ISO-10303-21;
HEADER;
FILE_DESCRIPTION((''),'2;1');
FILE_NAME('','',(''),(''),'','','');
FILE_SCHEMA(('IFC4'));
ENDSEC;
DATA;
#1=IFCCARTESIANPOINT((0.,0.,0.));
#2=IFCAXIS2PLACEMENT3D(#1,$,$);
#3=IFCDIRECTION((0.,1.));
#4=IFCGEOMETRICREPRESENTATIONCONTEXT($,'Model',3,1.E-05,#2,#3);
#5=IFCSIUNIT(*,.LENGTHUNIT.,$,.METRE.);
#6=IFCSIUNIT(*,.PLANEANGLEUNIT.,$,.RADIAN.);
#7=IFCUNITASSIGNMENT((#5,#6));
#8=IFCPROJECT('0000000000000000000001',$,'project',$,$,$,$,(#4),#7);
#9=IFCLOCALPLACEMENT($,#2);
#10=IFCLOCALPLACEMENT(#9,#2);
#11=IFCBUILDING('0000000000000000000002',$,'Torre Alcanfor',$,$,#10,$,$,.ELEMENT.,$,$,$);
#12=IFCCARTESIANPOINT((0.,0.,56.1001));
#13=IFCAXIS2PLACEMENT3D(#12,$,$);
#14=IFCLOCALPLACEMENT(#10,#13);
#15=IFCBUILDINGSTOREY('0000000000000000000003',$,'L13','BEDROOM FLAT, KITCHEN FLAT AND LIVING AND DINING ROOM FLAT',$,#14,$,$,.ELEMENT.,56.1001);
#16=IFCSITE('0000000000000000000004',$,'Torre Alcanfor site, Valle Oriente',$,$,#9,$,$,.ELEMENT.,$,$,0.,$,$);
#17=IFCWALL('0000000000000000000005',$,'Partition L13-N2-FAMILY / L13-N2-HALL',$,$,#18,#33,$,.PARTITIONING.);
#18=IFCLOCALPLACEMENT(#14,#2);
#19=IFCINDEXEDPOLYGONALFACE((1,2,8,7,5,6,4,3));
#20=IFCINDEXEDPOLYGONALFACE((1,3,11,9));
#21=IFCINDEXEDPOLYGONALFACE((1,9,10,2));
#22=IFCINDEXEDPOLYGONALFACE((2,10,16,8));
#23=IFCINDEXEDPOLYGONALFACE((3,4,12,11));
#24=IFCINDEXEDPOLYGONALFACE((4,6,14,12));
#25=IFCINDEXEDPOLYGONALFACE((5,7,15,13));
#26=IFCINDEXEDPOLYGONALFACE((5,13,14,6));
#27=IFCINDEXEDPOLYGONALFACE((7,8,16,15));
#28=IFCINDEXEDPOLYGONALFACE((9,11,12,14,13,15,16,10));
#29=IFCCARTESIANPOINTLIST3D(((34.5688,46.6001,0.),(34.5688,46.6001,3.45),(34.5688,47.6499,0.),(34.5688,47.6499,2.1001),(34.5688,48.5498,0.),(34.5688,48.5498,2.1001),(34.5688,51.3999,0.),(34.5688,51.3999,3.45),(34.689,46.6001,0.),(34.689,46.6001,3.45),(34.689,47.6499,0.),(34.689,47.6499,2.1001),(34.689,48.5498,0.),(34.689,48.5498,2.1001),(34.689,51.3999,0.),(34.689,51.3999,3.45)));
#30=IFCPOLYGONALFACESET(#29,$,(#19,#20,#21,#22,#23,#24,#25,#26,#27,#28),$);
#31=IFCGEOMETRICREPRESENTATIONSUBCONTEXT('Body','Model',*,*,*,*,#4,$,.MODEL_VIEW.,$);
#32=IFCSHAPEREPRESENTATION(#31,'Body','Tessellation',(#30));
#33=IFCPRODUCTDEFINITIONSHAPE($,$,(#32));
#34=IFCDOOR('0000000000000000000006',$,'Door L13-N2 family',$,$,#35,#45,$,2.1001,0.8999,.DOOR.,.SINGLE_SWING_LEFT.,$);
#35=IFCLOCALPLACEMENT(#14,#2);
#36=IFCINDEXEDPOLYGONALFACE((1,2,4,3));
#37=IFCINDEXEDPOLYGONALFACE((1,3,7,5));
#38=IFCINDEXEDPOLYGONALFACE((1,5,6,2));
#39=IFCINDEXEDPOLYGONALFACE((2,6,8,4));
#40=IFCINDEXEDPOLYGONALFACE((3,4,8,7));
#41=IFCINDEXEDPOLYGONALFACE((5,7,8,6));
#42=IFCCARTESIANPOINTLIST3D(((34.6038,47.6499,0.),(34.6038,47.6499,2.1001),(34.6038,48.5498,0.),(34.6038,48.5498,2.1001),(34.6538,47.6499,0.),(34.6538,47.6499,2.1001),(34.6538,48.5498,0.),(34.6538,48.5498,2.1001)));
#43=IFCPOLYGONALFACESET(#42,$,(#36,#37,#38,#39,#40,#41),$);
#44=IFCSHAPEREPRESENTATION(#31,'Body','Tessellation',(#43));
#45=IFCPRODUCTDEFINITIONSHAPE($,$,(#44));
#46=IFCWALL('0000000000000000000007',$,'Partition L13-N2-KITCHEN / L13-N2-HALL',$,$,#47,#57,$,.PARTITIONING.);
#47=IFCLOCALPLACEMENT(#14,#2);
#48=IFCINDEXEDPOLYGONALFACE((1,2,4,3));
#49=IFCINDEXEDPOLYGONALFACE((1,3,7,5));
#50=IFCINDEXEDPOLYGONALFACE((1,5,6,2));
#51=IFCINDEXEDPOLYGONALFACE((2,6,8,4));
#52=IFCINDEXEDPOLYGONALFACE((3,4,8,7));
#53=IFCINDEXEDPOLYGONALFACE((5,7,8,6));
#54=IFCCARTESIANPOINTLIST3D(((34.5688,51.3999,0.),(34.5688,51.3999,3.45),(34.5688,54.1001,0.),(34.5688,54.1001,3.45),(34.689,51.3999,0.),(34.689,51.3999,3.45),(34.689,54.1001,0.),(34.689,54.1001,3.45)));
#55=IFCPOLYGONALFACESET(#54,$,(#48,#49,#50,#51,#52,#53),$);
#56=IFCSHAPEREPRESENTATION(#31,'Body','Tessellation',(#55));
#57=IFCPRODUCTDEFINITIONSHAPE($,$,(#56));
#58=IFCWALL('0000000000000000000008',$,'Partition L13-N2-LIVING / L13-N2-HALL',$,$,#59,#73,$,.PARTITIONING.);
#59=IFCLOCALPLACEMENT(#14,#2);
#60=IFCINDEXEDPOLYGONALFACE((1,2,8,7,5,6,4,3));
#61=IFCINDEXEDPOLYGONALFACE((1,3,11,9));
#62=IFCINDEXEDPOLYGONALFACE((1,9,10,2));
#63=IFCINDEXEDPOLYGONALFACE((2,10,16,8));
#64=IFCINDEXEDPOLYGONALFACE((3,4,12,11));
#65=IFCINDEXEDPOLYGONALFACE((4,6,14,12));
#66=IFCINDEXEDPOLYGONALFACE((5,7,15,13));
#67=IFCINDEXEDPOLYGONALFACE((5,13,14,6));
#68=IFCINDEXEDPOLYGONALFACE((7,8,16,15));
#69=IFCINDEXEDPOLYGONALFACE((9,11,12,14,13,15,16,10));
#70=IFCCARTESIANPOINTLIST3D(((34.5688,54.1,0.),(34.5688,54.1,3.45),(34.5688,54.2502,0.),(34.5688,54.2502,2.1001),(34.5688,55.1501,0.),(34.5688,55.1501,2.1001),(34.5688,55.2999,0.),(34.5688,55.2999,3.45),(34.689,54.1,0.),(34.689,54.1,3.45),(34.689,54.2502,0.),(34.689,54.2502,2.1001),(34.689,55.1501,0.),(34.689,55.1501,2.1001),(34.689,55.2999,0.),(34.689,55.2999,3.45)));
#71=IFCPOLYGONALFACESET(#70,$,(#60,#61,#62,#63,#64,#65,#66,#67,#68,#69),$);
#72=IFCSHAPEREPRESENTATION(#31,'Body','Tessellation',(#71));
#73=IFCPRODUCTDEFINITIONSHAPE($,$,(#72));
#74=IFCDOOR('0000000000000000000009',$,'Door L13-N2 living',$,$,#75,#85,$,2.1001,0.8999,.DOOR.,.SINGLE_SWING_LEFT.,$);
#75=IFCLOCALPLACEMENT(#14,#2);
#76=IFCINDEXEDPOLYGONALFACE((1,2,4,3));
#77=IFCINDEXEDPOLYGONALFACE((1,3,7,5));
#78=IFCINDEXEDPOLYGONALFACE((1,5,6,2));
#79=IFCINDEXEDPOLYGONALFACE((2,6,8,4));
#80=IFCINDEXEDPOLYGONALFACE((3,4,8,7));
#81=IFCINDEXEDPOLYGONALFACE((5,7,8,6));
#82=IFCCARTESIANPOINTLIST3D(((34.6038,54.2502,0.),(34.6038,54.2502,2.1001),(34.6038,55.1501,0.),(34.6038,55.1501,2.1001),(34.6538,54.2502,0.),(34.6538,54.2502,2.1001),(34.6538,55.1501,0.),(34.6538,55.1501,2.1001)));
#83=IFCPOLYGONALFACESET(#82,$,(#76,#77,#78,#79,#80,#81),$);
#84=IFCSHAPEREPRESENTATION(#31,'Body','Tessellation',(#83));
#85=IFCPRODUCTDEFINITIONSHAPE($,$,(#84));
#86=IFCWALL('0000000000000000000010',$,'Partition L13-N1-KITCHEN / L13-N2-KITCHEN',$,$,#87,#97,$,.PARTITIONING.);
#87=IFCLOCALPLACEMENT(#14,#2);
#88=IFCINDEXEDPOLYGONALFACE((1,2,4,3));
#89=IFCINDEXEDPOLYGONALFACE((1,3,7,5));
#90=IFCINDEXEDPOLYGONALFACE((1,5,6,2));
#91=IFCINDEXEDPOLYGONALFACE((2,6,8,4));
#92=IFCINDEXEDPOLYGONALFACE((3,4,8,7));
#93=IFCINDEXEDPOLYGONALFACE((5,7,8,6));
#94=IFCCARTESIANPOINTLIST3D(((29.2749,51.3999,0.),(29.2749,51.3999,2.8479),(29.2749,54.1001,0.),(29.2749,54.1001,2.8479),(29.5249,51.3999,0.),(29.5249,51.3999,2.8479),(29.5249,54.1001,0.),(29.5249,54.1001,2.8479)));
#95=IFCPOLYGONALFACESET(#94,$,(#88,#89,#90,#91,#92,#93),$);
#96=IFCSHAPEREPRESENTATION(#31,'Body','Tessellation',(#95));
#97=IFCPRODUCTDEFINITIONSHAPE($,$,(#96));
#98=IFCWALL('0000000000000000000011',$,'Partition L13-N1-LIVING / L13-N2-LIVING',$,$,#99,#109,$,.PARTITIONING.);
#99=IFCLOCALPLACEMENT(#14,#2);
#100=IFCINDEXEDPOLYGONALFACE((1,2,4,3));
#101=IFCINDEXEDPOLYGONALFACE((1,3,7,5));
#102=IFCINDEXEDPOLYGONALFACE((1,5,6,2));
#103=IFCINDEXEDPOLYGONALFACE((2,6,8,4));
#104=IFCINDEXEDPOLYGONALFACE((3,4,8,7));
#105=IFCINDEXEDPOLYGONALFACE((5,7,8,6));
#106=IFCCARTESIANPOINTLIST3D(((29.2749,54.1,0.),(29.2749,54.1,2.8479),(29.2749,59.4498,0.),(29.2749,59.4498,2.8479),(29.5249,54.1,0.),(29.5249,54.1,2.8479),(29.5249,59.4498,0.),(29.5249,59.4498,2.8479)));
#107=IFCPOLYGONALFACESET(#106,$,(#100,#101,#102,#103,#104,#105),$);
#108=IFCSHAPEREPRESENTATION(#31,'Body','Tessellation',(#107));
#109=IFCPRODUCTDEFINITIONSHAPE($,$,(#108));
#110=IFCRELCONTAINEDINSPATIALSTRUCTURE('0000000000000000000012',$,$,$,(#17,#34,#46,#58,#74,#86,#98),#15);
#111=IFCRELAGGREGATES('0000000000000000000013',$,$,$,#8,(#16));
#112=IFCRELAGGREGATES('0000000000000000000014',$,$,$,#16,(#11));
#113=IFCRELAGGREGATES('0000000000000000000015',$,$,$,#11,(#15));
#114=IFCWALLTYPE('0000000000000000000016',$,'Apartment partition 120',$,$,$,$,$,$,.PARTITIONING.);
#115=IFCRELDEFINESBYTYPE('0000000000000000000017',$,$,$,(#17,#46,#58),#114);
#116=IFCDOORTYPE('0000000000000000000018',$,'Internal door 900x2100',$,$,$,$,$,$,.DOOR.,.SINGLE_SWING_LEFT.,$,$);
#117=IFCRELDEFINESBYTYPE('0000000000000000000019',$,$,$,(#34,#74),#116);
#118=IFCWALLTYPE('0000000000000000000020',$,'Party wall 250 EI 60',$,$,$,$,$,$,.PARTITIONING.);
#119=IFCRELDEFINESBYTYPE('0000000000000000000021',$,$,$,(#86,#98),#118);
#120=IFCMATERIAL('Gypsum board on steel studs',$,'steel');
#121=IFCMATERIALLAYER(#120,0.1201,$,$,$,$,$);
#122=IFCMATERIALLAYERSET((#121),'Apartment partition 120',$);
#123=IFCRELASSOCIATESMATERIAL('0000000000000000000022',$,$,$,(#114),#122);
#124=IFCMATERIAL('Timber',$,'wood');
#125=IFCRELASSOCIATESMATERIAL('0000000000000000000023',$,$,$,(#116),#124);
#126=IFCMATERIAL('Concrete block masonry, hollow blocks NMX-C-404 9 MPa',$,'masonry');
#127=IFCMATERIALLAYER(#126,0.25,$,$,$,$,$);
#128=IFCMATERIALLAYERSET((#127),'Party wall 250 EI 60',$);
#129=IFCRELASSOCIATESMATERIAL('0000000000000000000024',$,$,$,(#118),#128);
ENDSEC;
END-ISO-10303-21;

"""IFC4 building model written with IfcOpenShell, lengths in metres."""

from ifc_helpers import new_model, si_unit, direction, frame, frame_2d, origin, place, context, subcontext, project, spatial, rectangle, extrude, material, layer, layer_set, type_object, element, fill, save


model = new_model("IFC4")

# Units and contexts
model_context = context("Model", 3, precision=1e-05, world=origin(), true_north=direction((0.0, 1.0)))
body_context = subcontext(model_context, "Body", "Model", "MODEL_VIEW")
ifc_project = project(units=[si_unit("LENGTHUNIT", "METRE"), si_unit("PLANEANGLEUNIT", "RADIAN")], contexts=[model_context])

# Site, building, storey
site_placement = place(None, origin())
site = spatial("IfcSite", under=ifc_project, at=site_placement, Name="Torre Alcanfor site, Valle Oriente", CompositionType="ELEMENT", RefElevation=0.0)
building_placement = place(site_placement, origin())
building = spatial("IfcBuilding", under=site, at=building_placement, Name="Torre Alcanfor", CompositionType="ELEMENT")
storey_placement = place(building_placement, frame((0.0, 0.0, 56.1001)))
storey = spatial("IfcBuildingStorey", under=building, at=storey_placement, Name="L13", Description="BEDROOM FLAT, KITCHEN FLAT AND LIVING AND DINING ROOM FLAT", CompositionType="ELEMENT", Elevation=56.1001)

# Shared definitions
ifc_material_1 = material(Name="Gypsum board on steel studs", Category="steel")
ifc_layer_1 = layer(ifc_material_1, 0.1201)
ifc_layer_set_1 = layer_set([ifc_layer_1], Name="Apartment partition 120")
wall_type_1 = type_object("IfcWallType", Name="Apartment partition 120", PredefinedType="PARTITIONING", material=ifc_layer_set_1)

# Wall, opening, door
wall_1_placement = place(storey_placement, frame((34.6289, 51.3999, 0.0), z_axis=(0.0, 0.0, 1.0), x_axis=(0.0, -1.0, 0.0)))
wall_1 = element("IfcWall", 1, at=wall_1_placement, inside=storey, type_object=wall_type_1, Name="Partition L13-N2-FAMILY / L13-N2-HALL", PredefinedType="PARTITIONING", context=body_context, shape_type="SweptSolid", body=[
    extrude(rectangle(XDim=4.7998, YDim=0.1201, at=frame_2d((2.3999, 0.0))), origin(), (0.0, 0.0, 1.0), 3.45),
])
opening_1_placement = place(wall_1_placement, frame((2.8501, 0.0, 0.0)))
opening_1 = element("IfcOpeningElement", 2, at=opening_1_placement, cuts=wall_1, PredefinedType="OPENING", context=body_context, shape_type="SweptSolid", body=[
    extrude(rectangle(XDim=0.8999, YDim=2.1001, at=frame_2d((0.45, 1.05))), frame((0.0, 0.0701, 0.0), z_axis=(0.0, -1.0, 0.0), x_axis=(1.0, 0.0, 0.0)), (0.0, 0.0, 1.0), 0.1401),
])
ifc_material_2 = material(Name="Timber", Category="wood")
door_type = type_object("IfcDoorType", Name="Internal door 900x2100", OperationType="SINGLE_SWING_LEFT", PredefinedType="DOOR", material=ifc_material_2)
door_1_placement = place(opening_1_placement, frame((0.8999, 0.0, 0.0), z_axis=(0.0, 0.0, 1.0), x_axis=(-1.0, 0.0, 0.0)))
door_1 = element("IfcDoor", 3, at=door_1_placement, inside=storey, type_object=door_type, Name="Door L13-N2 family", OperationType="SINGLE_SWING_LEFT", OverallHeight=2.1001, OverallWidth=0.8999, PredefinedType="DOOR", context=body_context, shape_type="SweptSolid", body=[
    extrude(rectangle(XDim=0.8999, YDim=2.1001, at=frame_2d((0.45, 1.05))), frame((0.0, 0.0251, 0.0), z_axis=(0.0, -1.0, 0.0), x_axis=(1.0, 0.0, 0.0)), (0.0, 0.0, 1.0), 0.05),
])
fill(opening_1, door_1)

# Wall
wall_2_placement = place(storey_placement, frame((34.6289, 54.1001, 0.0), z_axis=(0.0, 0.0, 1.0), x_axis=(0.0, -1.0, 0.0)))
element("IfcWall", 4, at=wall_2_placement, inside=storey, type_object=wall_type_1, Name="Partition L13-N2-KITCHEN / L13-N2-HALL", PredefinedType="PARTITIONING", context=body_context, shape_type="SweptSolid", body=[
    extrude(rectangle(XDim=2.7002, YDim=0.1201, at=frame_2d((1.3501, 0.0))), origin(), (0.0, 0.0, 1.0), 3.45),
])

# Wall, opening, door
wall_3_placement = place(storey_placement, frame((34.6289, 55.3, 0.0), z_axis=(0.0, 0.0, 1.0), x_axis=(0.0, -1.0, 0.0)))
wall_3 = element("IfcWall", 5, at=wall_3_placement, inside=storey, type_object=wall_type_1, Name="Partition L13-N2-LIVING / L13-N2-HALL", PredefinedType="PARTITIONING", context=body_context, shape_type="SweptSolid", body=[
    extrude(rectangle(XDim=1.2, YDim=0.1201, at=frame_2d((0.6001, 0.0))), origin(), (0.0, 0.0, 1.0), 3.45),
])
opening_2_placement = place(wall_3_placement, frame((0.1499, 0.0, 0.0)))
opening_2 = element("IfcOpeningElement", 6, at=opening_2_placement, cuts=wall_3, PredefinedType="OPENING", context=body_context, shape_type="SweptSolid", body=[
    extrude(rectangle(XDim=0.8999, YDim=2.1001, at=frame_2d((0.45, 1.05))), frame((0.0, 0.0701, 0.0), z_axis=(0.0, -1.0, 0.0), x_axis=(1.0, 0.0, 0.0)), (0.0, 0.0, 1.0), 0.1401),
])
door_2_placement = place(opening_2_placement, frame((0.8999, 0.0, 0.0), z_axis=(0.0, 0.0, 1.0), x_axis=(-1.0, 0.0, 0.0)))
door_2 = element("IfcDoor", 7, at=door_2_placement, inside=storey, type_object=door_type, Name="Door L13-N2 living", OperationType="SINGLE_SWING_LEFT", OverallHeight=2.1001, OverallWidth=0.8999, PredefinedType="DOOR", context=body_context, shape_type="SweptSolid", body=[
    extrude(rectangle(XDim=0.8999, YDim=2.1001, at=frame_2d((0.45, 1.05))), frame((0.0, 0.0251, 0.0), z_axis=(0.0, -1.0, 0.0), x_axis=(1.0, 0.0, 0.0)), (0.0, 0.0, 1.0), 0.05),
])
fill(opening_2, door_2)

# Walls
ifc_material_3 = material(Name="Concrete block masonry, hollow blocks NMX-C-404 9 MPa", Category="masonry")
ifc_layer_2 = layer(ifc_material_3, 0.25)
ifc_layer_set_2 = layer_set([ifc_layer_2], Name="Party wall 250 EI 60")
wall_type_2 = type_object("IfcWallType", Name="Party wall 250 EI 60", PredefinedType="PARTITIONING", material=ifc_layer_set_2)
wall_4_placement = place(storey_placement, frame((29.3999, 51.3999, 0.0), z_axis=(0.0, 0.0, 1.0), x_axis=(0.0, 1.0, 0.0)))
element("IfcWall", 8, at=wall_4_placement, inside=storey, type_object=wall_type_2, Name="Partition L13-N1-KITCHEN / L13-N2-KITCHEN", PredefinedType="PARTITIONING", context=body_context, shape_type="SweptSolid", body=[
    extrude(rectangle(XDim=2.7002, YDim=0.25, at=frame_2d((1.3501, 0.0))), origin(), (0.0, 0.0, 1.0), 2.8479),
])
wall_5_placement = place(storey_placement, frame((29.3999, 54.1001, 0.0), z_axis=(0.0, 0.0, 1.0), x_axis=(0.0, 1.0, 0.0)))
element("IfcWall", 9, at=wall_5_placement, inside=storey, type_object=wall_type_2, Name="Partition L13-N1-LIVING / L13-N2-LIVING", PredefinedType="PARTITIONING", context=body_context, shape_type="SweptSolid", body=[
    extrude(rectangle(XDim=5.3499, YDim=0.25, at=frame_2d((2.6748, 0.0))), origin(), (0.0, 0.0, 1.0), 2.8479),
])

save(model, "model.ifc")
